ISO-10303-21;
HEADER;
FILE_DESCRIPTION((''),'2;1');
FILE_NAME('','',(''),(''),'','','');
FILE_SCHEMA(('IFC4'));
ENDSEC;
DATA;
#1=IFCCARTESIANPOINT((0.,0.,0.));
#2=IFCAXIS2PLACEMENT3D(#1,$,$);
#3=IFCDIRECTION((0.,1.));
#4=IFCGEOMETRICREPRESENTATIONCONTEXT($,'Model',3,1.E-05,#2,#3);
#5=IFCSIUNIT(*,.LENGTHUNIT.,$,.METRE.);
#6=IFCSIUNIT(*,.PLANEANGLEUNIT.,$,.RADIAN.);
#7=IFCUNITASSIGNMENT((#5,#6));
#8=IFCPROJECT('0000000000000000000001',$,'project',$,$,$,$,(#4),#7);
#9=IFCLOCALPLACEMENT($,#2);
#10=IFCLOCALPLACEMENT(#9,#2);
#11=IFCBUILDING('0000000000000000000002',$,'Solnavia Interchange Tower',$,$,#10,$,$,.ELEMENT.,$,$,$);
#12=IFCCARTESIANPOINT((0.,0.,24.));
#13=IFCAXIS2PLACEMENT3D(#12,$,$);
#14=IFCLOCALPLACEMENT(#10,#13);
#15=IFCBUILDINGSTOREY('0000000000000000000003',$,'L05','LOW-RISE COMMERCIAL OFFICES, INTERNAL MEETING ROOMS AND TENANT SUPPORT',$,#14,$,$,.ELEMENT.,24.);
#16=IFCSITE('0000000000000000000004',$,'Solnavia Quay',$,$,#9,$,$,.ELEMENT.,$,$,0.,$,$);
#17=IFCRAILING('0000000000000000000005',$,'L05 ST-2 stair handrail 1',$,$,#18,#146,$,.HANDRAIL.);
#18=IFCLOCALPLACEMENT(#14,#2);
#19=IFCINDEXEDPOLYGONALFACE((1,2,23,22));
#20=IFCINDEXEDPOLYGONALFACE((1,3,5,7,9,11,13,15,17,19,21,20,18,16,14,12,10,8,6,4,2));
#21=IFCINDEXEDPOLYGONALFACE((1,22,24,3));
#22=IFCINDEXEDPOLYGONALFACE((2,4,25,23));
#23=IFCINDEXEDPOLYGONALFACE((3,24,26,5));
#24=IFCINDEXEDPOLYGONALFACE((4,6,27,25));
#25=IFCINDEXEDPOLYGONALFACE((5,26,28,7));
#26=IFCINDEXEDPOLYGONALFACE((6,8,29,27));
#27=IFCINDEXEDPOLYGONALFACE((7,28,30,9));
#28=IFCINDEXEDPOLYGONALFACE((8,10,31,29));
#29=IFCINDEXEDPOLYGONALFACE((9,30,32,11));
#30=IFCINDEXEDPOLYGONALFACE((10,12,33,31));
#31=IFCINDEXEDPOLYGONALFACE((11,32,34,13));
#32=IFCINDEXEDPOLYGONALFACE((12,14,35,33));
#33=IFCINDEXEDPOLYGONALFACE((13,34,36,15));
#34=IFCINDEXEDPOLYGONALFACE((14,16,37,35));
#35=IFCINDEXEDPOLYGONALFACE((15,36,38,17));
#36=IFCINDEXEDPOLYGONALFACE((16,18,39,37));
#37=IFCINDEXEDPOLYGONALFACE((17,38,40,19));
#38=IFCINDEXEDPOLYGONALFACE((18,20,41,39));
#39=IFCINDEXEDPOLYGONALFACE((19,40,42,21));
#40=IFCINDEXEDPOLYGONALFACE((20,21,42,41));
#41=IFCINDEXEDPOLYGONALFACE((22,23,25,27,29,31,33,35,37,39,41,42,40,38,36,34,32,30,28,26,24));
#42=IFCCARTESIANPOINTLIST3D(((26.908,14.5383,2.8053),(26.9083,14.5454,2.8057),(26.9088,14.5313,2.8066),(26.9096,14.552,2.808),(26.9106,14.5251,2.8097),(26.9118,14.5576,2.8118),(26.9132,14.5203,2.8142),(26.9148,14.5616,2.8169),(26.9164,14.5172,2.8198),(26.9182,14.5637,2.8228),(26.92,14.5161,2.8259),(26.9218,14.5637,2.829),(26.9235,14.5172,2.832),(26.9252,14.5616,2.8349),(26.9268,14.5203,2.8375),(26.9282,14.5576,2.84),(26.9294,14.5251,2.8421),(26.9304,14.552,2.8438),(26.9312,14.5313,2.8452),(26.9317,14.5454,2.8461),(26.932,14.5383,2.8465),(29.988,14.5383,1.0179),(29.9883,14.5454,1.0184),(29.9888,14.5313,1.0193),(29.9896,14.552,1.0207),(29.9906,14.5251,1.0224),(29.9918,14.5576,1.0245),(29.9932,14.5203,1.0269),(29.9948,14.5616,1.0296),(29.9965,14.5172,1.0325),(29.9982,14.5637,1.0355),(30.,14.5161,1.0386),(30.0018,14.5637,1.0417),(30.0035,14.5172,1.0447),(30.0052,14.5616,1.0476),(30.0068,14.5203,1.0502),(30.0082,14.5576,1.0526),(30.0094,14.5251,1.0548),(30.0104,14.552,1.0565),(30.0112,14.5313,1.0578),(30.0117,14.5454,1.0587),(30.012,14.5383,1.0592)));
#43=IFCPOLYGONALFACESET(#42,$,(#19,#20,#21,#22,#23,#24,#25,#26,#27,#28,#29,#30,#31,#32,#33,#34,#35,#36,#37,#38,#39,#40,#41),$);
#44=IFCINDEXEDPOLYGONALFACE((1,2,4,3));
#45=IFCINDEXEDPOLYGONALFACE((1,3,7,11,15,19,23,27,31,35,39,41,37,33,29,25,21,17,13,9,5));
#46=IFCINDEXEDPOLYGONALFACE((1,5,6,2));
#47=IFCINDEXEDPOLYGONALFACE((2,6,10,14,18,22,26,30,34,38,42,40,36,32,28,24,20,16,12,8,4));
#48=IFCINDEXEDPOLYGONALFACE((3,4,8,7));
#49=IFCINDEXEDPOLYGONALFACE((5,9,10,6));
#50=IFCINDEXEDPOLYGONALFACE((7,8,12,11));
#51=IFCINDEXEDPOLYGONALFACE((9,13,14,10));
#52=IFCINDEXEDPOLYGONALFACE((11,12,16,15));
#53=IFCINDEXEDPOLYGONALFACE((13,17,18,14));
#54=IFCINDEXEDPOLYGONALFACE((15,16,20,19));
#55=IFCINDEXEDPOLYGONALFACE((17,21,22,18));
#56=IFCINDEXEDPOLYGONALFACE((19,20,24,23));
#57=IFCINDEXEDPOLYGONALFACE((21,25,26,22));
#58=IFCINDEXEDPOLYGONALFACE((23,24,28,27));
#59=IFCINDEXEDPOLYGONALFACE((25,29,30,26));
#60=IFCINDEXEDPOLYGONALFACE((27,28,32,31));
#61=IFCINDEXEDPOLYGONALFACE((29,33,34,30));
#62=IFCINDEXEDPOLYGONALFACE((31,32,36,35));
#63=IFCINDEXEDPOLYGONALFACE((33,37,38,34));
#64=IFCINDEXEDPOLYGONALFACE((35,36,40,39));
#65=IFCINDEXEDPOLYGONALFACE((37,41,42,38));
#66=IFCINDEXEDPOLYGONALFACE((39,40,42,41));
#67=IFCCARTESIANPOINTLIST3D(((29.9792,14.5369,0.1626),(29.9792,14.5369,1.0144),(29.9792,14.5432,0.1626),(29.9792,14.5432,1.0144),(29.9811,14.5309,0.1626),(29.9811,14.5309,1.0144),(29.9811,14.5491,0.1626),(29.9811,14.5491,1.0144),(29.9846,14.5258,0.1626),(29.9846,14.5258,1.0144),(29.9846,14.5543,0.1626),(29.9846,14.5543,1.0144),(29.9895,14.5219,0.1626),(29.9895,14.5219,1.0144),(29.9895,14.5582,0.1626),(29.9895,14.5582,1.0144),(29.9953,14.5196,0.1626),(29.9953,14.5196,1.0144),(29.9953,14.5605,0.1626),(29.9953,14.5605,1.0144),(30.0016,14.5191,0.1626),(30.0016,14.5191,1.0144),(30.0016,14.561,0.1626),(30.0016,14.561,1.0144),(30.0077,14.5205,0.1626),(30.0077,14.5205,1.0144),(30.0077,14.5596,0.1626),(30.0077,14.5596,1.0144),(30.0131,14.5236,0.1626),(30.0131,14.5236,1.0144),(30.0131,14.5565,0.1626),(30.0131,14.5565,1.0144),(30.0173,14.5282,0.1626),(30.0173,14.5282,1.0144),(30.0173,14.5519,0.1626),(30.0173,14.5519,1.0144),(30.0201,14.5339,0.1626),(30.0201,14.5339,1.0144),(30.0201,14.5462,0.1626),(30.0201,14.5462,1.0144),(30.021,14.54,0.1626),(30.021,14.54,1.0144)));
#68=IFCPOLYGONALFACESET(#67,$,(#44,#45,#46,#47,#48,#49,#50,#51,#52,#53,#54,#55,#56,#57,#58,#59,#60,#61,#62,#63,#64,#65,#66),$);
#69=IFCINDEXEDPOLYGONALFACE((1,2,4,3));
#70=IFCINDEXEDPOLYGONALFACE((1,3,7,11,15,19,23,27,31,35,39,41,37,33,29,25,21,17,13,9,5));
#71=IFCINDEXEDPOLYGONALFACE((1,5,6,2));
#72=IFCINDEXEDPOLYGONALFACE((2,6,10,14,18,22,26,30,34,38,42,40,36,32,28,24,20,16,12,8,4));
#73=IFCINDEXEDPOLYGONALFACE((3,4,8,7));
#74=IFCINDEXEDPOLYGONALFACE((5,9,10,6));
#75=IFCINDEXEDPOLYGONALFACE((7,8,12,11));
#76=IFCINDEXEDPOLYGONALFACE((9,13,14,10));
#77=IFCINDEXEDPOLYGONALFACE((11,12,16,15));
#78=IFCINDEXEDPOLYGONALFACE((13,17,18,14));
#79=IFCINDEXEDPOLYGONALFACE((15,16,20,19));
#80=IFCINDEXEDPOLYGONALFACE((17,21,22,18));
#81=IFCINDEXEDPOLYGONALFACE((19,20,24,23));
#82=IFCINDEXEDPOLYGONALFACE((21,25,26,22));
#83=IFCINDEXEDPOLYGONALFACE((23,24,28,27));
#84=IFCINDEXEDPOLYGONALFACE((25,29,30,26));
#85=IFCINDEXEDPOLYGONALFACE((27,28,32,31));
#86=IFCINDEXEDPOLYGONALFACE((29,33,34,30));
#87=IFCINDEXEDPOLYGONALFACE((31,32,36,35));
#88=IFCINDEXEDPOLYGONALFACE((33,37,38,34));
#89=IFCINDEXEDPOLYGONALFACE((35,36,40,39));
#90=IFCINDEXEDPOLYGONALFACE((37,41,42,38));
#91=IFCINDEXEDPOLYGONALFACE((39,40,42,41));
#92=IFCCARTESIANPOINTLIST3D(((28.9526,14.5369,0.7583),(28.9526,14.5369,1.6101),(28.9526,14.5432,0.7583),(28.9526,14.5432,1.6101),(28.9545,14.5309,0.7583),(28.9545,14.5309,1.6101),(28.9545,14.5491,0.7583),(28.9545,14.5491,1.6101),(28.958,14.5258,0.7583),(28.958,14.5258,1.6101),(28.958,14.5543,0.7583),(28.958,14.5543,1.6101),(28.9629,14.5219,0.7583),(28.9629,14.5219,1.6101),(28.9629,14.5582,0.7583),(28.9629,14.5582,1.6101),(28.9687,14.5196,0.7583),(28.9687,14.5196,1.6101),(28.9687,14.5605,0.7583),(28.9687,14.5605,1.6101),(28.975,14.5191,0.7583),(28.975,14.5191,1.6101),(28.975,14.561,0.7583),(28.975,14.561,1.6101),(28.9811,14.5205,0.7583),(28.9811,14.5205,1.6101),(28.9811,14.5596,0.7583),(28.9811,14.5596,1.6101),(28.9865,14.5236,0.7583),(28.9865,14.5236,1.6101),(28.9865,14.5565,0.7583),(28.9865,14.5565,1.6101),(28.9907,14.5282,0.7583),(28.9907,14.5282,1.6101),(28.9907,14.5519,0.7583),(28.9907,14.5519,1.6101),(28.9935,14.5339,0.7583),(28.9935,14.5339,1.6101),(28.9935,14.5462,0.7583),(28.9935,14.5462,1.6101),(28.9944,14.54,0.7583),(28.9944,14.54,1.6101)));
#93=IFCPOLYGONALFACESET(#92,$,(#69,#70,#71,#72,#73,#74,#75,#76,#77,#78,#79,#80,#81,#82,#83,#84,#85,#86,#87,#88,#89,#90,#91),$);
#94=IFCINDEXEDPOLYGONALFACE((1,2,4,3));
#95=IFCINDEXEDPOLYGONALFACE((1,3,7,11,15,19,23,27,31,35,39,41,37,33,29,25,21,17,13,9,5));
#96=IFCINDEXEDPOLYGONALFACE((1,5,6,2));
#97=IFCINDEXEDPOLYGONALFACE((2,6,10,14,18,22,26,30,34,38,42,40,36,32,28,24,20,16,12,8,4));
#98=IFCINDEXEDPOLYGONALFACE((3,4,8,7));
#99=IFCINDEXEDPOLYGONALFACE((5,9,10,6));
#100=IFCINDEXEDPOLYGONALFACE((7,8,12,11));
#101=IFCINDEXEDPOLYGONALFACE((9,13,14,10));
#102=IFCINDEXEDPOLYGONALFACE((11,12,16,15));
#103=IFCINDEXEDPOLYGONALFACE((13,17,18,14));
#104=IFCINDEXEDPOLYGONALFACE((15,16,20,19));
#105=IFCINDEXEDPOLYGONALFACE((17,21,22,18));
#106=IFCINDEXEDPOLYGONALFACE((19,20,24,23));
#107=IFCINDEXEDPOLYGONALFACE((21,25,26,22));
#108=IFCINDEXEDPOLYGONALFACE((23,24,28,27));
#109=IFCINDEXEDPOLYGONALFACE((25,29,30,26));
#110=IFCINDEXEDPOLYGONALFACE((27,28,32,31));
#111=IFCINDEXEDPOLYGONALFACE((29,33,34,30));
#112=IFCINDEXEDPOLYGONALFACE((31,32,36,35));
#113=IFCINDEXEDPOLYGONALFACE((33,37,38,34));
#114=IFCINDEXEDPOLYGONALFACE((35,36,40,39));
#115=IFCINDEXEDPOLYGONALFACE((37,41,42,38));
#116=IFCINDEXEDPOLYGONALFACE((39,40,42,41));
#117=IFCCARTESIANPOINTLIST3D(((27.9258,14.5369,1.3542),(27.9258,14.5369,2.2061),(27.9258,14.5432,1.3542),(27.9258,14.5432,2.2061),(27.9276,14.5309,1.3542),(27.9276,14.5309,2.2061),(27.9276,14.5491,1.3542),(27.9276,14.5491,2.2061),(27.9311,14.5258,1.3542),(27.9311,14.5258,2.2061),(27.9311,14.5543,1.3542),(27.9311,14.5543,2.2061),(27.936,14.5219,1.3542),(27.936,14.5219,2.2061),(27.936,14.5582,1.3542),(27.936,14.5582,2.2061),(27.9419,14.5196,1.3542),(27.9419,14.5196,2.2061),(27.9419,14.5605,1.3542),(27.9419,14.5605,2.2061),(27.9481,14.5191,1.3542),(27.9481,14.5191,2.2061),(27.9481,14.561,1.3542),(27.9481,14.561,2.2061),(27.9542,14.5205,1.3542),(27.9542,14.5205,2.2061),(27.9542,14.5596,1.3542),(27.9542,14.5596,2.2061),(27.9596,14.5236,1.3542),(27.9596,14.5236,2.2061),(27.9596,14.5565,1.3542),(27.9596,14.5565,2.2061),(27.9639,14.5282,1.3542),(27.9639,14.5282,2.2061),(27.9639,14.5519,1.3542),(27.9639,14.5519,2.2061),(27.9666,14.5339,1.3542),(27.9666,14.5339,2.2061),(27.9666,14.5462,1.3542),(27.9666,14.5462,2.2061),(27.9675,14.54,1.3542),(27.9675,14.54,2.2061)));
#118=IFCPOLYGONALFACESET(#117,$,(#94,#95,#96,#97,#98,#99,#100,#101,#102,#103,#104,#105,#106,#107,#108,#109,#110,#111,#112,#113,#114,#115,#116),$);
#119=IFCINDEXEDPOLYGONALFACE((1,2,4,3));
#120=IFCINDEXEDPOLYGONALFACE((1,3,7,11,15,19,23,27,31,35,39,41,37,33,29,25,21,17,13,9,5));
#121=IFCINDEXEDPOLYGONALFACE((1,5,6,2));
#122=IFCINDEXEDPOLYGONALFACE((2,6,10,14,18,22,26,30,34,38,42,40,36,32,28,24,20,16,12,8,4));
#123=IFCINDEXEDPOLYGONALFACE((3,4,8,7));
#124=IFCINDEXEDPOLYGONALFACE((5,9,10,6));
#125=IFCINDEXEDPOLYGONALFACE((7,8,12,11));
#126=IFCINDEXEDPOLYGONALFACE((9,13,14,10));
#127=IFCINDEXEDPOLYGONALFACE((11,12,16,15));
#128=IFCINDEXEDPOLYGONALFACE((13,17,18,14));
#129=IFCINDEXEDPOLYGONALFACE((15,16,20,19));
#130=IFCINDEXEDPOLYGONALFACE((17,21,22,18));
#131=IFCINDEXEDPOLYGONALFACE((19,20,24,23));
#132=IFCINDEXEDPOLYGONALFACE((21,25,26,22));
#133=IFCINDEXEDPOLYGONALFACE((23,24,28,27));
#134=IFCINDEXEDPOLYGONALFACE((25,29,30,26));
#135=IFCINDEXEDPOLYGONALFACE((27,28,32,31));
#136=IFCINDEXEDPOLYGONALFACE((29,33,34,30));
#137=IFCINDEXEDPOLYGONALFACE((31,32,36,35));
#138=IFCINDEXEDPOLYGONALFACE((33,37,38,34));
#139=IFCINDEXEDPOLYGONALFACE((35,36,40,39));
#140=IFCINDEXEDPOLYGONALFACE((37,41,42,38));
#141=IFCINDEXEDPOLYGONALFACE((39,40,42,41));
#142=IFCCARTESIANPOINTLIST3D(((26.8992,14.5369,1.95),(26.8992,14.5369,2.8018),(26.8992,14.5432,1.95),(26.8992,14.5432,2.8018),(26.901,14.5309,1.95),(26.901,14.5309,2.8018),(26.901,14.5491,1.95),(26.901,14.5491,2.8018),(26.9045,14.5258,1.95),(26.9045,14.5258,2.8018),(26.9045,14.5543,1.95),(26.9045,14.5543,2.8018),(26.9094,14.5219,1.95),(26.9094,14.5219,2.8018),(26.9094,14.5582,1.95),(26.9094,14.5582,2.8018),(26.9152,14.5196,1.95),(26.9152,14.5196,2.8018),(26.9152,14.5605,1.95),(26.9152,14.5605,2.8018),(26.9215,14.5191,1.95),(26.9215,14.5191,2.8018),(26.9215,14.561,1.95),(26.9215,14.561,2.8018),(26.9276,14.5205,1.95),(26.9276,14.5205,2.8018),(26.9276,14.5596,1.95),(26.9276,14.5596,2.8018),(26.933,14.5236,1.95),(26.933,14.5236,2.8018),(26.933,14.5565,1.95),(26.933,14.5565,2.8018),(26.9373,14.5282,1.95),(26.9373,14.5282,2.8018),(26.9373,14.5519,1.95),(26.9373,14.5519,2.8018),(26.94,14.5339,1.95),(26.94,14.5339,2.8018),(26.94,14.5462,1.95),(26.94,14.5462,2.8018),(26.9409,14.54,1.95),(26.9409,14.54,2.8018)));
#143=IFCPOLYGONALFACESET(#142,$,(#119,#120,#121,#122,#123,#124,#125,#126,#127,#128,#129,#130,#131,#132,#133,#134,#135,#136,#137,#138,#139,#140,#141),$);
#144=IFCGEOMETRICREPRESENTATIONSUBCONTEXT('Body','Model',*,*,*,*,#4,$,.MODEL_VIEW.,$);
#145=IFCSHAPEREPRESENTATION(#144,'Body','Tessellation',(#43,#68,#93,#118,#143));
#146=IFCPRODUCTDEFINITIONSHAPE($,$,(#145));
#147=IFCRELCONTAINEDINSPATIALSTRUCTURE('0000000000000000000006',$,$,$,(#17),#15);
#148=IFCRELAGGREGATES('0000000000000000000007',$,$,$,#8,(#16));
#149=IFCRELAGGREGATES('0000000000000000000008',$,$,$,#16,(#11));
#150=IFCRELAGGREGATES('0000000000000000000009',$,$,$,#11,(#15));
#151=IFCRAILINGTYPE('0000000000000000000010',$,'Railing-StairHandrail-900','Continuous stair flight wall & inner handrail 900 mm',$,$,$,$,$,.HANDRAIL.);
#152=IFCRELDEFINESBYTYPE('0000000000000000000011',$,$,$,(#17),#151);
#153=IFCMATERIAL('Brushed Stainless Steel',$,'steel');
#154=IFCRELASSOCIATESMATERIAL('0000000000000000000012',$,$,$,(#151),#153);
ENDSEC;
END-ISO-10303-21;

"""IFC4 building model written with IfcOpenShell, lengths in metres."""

from ifc_helpers import new_model, si_unit, direction, frame, origin, origin_2d, place, context, subcontext, project, spatial, circle, extrude, material, type_object, element, save


model = new_model("IFC4")

# Units and contexts
model_context = context("Model", 3, precision=1e-05, world=origin(), true_north=direction((0.0, 1.0)))
body_context = subcontext(model_context, "Body", "Model", "MODEL_VIEW")
ifc_project = project(units=[si_unit("LENGTHUNIT", "METRE"), si_unit("PLANEANGLEUNIT", "RADIAN")], contexts=[model_context])

# Site, building, storey
site_placement = place(None, origin())
site = spatial("IfcSite", under=ifc_project, at=site_placement, Name="Solnavia Quay", CompositionType="ELEMENT", RefElevation=0.0)
building_placement = place(site_placement, origin())
building = spatial("IfcBuilding", under=site, at=building_placement, Name="Solnavia Interchange Tower", CompositionType="ELEMENT")
storey_placement = place(building_placement, frame((0.0, 0.0, 24.0)))
storey = spatial("IfcBuildingStorey", under=building, at=storey_placement, Name="L05", Description="LOW-RISE COMMERCIAL OFFICES, INTERNAL MEETING ROOMS AND TENANT SUPPORT", CompositionType="ELEMENT", Elevation=24.0)

# Railing
ifc_material_1 = material(Name="Brushed Stainless Steel", Category="steel")
railing_type_1 = type_object("IfcRailingType", Name="Railing-StairHandrail-900", Description="Continuous stair flight wall & inner handrail 900 mm", PredefinedType="HANDRAIL", material=ifc_material_1)
railing_1_placement = place(storey_placement, frame((30.0, 14.54, 0.1626)))
element("IfcRailing", 1, at=railing_1_placement, inside=storey, type_object=railing_type_1, Name="L05 ST-2 stair handrail 1", PredefinedType="HANDRAIL", context=body_context, shape_type="SweptSolid", body=[
    extrude(circle(Radius=0.0239, at=origin_2d()), frame((0.0, 0.0, 0.876), z_axis=(-0.86492, 0.0, 0.501909), x_axis=(0.0, -1.0, 0.0)), (0.0, 0.0, 1.0), 3.561),
    extrude(circle(Radius=0.021, at=origin_2d()), origin(), (0.0, 0.0, 1.0), 0.8518),
    extrude(circle(Radius=0.021, at=origin_2d()), frame((-1.0266, 0.0, 0.5957)), (0.0, 0.0, 1.0), 0.8518),
    extrude(circle(Radius=0.021, at=origin_2d()), frame((-2.0535, 0.0, 1.1917)), (0.0, 0.0, 1.0), 0.8518),
    extrude(circle(Radius=0.021, at=origin_2d()), frame((-3.0801, 0.0, 1.7874)), (0.0, 0.0, 1.0), 0.8518),
])

save(model, "model.ifc")
